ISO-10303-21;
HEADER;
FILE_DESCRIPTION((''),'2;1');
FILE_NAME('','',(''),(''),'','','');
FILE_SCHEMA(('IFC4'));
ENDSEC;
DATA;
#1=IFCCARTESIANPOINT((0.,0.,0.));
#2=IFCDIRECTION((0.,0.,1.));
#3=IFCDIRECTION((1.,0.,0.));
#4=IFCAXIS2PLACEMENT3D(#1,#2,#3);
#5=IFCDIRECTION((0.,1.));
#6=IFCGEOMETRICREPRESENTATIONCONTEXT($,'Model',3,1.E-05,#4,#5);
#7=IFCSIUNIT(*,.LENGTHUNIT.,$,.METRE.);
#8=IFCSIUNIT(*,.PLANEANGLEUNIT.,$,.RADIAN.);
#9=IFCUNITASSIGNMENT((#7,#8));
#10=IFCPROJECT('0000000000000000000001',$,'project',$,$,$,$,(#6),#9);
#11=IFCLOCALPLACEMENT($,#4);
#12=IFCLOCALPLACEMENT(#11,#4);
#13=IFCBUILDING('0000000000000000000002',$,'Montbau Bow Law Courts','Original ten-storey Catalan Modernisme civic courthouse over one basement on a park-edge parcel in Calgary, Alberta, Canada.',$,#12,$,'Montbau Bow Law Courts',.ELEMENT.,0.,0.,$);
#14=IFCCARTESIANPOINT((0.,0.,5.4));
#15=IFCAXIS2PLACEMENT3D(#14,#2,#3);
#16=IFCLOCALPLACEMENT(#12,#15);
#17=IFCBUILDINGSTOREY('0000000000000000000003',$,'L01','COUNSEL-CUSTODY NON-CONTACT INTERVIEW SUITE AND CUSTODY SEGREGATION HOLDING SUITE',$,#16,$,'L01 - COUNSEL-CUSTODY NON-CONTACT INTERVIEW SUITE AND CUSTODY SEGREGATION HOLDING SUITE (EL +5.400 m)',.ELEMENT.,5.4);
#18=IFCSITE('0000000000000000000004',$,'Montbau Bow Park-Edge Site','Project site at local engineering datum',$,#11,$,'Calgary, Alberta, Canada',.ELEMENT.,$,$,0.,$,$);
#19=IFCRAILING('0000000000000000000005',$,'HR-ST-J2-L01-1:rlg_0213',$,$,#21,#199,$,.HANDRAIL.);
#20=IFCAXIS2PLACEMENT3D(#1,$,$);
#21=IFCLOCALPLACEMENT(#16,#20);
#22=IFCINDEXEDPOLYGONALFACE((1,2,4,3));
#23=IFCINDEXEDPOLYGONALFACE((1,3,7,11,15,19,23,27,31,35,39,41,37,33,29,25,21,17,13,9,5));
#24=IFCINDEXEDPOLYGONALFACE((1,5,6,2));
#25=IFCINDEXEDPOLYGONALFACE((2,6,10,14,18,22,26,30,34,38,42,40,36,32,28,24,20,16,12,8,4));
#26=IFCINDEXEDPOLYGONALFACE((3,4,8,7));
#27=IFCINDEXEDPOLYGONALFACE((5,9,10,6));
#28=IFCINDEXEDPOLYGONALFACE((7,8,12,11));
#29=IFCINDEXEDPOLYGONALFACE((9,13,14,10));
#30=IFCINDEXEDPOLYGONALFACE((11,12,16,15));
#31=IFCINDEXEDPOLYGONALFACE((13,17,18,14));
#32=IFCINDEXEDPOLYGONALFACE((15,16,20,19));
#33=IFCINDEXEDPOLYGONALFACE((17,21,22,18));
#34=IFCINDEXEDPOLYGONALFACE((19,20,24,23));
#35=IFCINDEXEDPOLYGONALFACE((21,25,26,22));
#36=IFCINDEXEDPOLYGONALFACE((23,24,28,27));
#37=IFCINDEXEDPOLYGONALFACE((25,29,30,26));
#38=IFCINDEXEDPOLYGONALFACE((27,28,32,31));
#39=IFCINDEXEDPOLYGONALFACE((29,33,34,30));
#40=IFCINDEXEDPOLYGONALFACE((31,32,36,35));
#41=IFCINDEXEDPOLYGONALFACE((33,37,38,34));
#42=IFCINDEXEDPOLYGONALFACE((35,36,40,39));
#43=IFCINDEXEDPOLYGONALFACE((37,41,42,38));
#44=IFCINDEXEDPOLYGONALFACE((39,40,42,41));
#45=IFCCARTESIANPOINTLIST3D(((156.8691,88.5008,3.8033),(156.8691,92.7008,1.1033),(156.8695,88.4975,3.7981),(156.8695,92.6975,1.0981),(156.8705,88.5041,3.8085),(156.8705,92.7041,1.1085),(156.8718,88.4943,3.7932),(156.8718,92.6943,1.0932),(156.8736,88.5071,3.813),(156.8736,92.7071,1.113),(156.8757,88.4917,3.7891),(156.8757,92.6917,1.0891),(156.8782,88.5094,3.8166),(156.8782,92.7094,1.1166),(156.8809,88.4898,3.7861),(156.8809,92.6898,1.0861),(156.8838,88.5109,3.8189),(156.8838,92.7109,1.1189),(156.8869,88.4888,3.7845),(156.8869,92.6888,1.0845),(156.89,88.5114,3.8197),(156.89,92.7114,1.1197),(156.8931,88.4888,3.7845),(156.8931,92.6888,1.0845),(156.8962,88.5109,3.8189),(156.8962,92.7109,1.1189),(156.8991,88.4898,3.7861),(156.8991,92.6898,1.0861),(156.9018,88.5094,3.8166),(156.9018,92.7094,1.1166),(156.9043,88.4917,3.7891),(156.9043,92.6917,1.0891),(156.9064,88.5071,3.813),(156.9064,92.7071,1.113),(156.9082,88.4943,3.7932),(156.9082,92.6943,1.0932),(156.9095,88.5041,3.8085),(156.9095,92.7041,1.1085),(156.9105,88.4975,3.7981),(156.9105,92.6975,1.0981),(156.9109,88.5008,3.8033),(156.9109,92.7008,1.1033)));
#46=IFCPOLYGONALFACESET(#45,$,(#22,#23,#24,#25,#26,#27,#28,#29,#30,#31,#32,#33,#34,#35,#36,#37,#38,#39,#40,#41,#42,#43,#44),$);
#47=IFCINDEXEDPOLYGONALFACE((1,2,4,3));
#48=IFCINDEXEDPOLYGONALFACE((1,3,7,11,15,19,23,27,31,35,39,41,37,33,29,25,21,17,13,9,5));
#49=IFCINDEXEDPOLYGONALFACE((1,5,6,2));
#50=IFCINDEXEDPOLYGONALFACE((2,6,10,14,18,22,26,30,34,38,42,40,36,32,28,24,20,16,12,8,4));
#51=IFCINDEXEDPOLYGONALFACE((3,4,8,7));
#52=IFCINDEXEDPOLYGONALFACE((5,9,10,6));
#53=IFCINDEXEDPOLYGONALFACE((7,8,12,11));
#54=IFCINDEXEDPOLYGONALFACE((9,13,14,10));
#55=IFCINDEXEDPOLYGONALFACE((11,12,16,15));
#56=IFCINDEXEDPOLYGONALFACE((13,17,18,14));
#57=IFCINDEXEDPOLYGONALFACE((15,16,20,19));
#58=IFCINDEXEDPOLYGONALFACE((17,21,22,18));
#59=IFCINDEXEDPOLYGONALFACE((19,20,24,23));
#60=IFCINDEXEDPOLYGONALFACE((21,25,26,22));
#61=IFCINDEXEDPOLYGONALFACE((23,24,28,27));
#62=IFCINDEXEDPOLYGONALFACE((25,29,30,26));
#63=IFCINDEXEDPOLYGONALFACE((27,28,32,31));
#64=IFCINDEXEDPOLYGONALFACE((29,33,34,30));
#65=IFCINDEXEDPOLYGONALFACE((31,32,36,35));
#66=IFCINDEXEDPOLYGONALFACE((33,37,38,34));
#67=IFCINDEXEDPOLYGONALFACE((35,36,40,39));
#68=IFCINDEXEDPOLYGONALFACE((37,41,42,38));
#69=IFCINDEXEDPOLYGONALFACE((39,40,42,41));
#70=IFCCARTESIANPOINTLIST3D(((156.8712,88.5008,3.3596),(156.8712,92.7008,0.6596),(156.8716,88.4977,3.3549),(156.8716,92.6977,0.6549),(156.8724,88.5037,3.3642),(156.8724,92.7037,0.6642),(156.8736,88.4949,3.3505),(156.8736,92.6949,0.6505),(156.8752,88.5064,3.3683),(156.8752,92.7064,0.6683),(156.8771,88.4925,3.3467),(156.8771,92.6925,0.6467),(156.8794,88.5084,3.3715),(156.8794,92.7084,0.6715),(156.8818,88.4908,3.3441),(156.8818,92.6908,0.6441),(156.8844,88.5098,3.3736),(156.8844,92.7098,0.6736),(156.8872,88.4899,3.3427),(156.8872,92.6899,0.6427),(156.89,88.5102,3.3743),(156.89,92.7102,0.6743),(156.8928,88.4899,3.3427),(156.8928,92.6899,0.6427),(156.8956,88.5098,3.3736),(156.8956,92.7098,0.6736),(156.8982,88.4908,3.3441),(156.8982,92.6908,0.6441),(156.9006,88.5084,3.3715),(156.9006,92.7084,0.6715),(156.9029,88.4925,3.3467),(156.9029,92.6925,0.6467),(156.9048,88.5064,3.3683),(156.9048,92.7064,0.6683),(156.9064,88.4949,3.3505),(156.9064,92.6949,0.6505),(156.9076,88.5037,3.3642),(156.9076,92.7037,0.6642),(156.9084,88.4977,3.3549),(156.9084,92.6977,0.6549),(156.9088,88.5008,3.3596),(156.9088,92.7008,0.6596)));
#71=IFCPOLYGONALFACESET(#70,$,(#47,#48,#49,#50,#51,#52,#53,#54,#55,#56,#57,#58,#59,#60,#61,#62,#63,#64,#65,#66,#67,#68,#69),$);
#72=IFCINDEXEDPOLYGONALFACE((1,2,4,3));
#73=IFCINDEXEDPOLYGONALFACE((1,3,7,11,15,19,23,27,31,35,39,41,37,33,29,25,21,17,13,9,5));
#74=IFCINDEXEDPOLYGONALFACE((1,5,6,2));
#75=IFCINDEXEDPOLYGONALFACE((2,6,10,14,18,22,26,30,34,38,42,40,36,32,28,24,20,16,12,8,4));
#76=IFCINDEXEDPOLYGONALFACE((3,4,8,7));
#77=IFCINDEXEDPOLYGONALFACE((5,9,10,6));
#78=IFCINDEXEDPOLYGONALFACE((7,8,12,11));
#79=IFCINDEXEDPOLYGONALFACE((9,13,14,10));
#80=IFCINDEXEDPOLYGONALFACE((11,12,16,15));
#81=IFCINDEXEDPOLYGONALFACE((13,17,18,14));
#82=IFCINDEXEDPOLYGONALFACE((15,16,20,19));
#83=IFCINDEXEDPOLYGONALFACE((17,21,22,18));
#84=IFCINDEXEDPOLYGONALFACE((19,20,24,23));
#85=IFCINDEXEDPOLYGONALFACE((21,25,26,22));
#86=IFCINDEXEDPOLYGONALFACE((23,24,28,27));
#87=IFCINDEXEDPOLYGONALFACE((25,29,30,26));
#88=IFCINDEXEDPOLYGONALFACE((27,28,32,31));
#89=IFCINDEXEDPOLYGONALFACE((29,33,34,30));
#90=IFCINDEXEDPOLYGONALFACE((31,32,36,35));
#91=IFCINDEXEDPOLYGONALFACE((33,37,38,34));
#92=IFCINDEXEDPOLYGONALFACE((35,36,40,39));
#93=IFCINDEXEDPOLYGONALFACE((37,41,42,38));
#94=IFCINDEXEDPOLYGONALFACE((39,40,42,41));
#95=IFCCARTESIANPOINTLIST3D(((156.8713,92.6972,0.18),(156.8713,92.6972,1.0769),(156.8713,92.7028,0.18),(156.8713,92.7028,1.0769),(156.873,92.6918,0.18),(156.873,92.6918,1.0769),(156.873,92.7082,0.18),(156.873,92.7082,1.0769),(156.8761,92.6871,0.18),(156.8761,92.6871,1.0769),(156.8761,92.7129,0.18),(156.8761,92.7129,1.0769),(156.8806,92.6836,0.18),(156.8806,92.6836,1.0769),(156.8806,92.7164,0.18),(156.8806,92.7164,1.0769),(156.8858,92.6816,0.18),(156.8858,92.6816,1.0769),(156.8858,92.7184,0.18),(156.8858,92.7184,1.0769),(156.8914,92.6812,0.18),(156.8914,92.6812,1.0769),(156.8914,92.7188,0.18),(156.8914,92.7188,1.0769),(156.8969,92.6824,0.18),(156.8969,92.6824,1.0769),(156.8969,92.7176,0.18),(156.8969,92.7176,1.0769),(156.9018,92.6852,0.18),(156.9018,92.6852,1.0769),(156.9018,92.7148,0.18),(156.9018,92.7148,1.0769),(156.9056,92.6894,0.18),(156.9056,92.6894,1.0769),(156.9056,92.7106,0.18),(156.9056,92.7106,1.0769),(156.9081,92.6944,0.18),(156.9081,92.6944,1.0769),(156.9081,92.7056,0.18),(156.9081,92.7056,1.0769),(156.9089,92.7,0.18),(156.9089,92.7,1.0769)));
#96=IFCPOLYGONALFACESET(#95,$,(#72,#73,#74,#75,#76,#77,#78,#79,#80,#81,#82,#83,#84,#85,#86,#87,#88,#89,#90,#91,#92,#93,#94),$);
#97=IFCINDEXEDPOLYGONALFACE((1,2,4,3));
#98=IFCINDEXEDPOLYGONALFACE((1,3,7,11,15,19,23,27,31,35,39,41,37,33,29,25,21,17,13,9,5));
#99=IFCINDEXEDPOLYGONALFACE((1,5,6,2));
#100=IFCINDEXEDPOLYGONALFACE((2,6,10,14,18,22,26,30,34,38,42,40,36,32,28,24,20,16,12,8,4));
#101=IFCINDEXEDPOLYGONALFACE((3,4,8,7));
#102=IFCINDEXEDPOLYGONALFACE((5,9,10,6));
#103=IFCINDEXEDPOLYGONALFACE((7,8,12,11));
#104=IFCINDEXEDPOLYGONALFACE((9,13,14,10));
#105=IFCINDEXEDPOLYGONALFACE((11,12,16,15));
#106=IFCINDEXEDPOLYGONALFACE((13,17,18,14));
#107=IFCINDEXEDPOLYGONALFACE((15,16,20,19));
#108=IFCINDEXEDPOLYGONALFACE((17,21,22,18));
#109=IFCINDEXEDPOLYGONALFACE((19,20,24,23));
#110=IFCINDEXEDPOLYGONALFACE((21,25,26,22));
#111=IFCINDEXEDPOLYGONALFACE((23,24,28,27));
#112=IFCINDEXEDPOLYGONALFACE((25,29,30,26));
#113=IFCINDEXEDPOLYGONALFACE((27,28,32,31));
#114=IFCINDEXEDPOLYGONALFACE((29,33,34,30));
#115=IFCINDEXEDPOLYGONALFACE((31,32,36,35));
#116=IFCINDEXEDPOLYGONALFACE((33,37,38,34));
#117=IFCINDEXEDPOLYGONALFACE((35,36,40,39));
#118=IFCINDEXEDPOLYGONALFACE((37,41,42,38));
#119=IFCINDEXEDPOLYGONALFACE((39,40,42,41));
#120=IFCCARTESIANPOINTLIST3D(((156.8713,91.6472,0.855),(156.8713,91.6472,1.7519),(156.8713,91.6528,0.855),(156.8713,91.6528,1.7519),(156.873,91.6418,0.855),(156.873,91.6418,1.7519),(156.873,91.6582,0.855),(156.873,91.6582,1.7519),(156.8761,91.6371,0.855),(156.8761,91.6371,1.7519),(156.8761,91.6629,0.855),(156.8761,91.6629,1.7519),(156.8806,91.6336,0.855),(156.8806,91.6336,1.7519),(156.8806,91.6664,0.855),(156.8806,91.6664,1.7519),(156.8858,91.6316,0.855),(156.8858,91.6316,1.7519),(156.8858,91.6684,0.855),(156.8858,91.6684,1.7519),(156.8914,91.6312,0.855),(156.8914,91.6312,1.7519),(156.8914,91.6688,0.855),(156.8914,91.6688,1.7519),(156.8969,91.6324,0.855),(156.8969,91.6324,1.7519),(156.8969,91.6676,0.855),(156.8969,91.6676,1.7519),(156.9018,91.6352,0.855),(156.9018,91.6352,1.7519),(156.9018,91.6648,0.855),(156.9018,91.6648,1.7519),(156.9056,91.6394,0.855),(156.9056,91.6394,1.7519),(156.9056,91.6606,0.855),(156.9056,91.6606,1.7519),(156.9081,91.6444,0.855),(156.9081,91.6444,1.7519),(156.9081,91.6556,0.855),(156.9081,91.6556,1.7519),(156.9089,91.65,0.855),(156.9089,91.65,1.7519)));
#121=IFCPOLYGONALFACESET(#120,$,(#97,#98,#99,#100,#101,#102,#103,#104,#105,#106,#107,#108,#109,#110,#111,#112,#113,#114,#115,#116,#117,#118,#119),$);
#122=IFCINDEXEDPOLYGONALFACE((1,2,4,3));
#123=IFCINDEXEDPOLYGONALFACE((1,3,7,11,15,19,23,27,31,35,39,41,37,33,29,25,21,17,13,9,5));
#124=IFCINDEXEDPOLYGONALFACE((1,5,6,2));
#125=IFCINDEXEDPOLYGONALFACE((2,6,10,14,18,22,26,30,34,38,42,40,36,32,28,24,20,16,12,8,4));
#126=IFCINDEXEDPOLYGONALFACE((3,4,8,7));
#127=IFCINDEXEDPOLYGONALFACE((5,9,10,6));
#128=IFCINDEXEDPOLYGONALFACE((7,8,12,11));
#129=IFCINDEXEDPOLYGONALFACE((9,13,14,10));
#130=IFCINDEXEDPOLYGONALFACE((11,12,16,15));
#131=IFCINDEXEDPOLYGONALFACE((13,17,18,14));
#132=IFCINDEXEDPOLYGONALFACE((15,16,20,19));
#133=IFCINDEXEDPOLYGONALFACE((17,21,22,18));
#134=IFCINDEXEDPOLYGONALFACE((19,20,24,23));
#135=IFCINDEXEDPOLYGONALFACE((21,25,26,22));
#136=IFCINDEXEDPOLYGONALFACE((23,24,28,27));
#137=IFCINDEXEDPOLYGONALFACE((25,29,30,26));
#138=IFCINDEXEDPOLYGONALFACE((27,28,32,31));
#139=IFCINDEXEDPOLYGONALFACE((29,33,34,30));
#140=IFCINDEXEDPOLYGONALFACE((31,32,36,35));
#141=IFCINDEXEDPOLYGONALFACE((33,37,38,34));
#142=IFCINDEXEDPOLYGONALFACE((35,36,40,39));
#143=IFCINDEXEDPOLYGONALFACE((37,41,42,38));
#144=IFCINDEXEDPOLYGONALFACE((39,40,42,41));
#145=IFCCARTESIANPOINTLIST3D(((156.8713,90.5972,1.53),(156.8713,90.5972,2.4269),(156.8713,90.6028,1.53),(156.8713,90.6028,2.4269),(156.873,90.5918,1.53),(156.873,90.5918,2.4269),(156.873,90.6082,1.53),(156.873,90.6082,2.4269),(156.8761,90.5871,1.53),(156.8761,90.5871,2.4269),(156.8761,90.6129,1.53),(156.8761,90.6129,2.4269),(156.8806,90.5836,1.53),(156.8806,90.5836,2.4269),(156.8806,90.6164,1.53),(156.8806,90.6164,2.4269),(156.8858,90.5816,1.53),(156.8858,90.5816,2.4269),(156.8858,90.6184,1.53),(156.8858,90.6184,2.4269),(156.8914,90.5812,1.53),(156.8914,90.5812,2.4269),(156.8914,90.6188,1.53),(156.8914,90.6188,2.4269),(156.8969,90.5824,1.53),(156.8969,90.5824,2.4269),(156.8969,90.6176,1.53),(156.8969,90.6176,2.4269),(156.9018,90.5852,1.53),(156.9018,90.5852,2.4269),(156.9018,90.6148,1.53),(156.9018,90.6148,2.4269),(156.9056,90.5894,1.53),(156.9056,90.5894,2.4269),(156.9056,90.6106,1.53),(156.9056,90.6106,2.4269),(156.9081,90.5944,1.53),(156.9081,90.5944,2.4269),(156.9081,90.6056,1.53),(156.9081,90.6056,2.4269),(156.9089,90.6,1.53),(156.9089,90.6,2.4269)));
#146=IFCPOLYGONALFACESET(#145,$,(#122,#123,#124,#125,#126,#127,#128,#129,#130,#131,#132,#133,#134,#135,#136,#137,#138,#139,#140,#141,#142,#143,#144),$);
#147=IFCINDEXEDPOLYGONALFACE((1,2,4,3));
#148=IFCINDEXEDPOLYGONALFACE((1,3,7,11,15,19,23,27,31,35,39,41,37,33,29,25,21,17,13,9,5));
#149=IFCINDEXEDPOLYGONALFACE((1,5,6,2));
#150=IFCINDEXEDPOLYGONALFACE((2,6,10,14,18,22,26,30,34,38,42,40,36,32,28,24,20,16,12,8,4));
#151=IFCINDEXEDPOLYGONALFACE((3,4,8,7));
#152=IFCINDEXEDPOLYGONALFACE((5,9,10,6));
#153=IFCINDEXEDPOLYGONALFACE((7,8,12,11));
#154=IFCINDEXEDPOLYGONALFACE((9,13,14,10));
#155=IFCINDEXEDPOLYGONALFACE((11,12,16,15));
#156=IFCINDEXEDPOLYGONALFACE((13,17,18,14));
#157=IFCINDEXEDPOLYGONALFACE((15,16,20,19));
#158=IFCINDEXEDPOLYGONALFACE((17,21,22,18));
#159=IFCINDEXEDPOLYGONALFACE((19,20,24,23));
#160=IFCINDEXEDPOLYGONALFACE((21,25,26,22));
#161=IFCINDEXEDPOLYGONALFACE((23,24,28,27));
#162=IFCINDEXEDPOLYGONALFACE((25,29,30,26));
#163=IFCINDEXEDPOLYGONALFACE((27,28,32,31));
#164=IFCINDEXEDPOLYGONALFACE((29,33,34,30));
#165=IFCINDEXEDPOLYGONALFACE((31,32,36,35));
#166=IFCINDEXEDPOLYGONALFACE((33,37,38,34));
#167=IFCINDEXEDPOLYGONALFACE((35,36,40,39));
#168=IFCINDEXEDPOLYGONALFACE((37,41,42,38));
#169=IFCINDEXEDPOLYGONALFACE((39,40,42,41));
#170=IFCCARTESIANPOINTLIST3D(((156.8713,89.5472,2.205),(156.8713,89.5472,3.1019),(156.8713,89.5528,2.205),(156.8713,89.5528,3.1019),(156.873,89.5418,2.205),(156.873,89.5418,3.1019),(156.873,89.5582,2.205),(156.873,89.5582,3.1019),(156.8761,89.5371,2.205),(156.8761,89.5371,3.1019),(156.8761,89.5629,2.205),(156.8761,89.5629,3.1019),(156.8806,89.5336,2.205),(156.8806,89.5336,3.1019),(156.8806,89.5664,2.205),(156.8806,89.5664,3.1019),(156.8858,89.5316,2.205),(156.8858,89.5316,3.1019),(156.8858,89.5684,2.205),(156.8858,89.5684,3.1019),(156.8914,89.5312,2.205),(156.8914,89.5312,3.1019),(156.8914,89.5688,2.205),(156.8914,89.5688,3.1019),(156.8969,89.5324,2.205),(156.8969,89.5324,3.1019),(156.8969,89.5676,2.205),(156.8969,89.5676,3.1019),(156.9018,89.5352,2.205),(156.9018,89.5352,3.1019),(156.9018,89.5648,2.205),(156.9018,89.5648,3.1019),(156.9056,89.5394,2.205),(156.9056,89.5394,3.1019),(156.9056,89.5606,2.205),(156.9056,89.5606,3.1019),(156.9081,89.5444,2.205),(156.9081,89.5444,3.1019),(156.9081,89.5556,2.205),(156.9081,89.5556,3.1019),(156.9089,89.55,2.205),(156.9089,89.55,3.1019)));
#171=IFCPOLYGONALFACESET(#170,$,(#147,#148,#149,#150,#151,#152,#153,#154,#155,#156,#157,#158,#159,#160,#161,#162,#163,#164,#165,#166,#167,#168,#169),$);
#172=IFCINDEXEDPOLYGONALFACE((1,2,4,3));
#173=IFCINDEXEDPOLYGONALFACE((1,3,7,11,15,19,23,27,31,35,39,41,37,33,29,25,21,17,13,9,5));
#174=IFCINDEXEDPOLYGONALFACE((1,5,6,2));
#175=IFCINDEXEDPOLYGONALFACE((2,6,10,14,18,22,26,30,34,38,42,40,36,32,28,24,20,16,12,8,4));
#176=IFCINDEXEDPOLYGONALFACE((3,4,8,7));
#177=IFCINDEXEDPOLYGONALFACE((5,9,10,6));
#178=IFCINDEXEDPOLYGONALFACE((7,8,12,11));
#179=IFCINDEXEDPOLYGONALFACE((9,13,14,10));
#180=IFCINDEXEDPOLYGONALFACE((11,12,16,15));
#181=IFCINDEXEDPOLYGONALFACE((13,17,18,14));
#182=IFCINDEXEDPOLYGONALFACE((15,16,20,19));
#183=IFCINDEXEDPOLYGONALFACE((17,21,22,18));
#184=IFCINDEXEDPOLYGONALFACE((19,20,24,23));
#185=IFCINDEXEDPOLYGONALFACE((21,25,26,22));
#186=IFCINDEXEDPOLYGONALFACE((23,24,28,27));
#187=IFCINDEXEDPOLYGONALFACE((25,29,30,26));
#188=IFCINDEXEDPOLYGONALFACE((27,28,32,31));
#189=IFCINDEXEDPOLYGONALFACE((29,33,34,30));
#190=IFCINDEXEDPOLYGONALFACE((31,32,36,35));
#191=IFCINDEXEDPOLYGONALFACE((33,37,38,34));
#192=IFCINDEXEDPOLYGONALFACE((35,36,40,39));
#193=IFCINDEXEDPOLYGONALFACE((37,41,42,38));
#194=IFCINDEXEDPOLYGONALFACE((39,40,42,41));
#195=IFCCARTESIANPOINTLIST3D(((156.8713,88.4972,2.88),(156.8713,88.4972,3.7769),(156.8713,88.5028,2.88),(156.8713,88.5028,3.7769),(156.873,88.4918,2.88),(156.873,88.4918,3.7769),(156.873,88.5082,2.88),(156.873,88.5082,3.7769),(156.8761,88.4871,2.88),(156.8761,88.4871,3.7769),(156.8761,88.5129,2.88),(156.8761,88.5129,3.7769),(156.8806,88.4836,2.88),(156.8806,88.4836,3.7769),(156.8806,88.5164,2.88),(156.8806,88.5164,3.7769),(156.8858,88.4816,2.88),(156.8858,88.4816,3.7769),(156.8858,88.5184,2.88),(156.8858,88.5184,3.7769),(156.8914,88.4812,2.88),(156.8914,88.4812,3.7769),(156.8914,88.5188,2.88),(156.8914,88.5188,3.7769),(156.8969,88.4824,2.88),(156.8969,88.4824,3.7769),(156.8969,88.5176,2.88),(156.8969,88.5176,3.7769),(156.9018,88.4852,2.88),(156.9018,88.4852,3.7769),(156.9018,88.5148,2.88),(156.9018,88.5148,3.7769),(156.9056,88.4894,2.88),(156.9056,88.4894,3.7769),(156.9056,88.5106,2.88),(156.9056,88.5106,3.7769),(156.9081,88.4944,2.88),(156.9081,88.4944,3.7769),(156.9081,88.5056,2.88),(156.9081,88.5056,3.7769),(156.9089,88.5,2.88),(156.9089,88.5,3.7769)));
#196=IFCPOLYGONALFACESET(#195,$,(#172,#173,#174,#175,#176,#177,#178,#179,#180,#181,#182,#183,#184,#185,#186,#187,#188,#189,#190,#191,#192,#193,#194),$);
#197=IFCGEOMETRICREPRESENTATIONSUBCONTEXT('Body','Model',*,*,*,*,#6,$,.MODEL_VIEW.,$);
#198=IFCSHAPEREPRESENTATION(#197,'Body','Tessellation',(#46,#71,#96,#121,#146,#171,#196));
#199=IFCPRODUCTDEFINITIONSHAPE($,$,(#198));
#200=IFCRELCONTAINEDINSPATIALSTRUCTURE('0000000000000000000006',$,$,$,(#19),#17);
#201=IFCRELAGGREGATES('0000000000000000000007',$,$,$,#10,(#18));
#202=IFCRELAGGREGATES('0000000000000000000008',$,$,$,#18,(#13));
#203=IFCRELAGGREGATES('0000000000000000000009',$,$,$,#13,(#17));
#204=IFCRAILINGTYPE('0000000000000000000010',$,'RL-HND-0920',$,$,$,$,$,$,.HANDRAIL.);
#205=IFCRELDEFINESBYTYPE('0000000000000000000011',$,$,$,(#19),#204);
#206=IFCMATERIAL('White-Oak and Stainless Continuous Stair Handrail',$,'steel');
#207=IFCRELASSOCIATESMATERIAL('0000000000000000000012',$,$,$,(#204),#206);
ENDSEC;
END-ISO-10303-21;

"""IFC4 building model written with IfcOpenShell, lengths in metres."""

from ifc_helpers import new_model, si_unit, direction, frame, origin_with_axes, origin_2d_with_axis, place, context, subcontext, project, spatial, circle, extrude, material, type_object, element, save


model = new_model("IFC4")

# Units and contexts
model_context = context("Model", 3, precision=1e-05, world=origin_with_axes(), true_north=direction((0.0, 1.0)))
body_context = subcontext(model_context, "Body", "Model", "MODEL_VIEW")
ifc_project = project(units=[si_unit("LENGTHUNIT", "METRE"), si_unit("PLANEANGLEUNIT", "RADIAN")], contexts=[model_context])

# Site, building, storey
site_placement = place(None, origin_with_axes())
site = spatial("IfcSite", under=ifc_project, at=site_placement, Name="Montbau Bow Park-Edge Site", Description="Project site at local engineering datum", LongName="Calgary, Alberta, Canada", CompositionType="ELEMENT", RefElevation=0.0)
building_placement = place(site_placement, origin_with_axes())
building = spatial("IfcBuilding", under=site, at=building_placement, Name="Montbau Bow Law Courts", Description="Original ten-storey Catalan Modernisme civic courthouse over one basement on a park-edge parcel in Calgary, Alberta, Canada.", LongName="Montbau Bow Law Courts", CompositionType="ELEMENT", ElevationOfRefHeight=0.0, ElevationOfTerrain=0.0)
storey_placement = place(building_placement, frame((0.0, 0.0, 5.4), z_axis=(0.0, 0.0, 1.0), x_axis=(1.0, 0.0, 0.0)))
storey = spatial("IfcBuildingStorey", under=building, at=storey_placement, Name="L01", Description="COUNSEL-CUSTODY NON-CONTACT INTERVIEW SUITE AND CUSTODY SEGREGATION HOLDING SUITE", LongName="L01 - COUNSEL-CUSTODY NON-CONTACT INTERVIEW SUITE AND CUSTODY SEGREGATION HOLDING SUITE (EL +5.400 m)", CompositionType="ELEMENT", Elevation=5.4)

# Railing
ifc_material_1 = material(Name="White-Oak and Stainless Continuous Stair Handrail", Category="steel")
railing_type_1 = type_object("IfcRailingType", Name="RL-HND-0920", PredefinedType="HANDRAIL", material=ifc_material_1)
railing_1_placement = place(None, origin_with_axes())
element("IfcRailing", 1, at=railing_1_placement, inside=storey, type_object=railing_type_1, Name="HR-ST-J2-L01-1:rlg_0213", PredefinedType="HANDRAIL", context=body_context, shape_type="SweptSolid", body=[
    extrude(circle(Radius=0.021, at=origin_2d_with_axis()), frame((156.89, 92.7, 6.502), z_axis=(0.0, -0.841178, 0.540758), x_axis=(0.0, 0.540758, 0.841178)), (0.0, 0.0, 1.0), 4.993),
    extrude(circle(Radius=0.0189, at=origin_2d_with_axis()), frame((156.89, 92.7, 6.0584), z_axis=(0.0, -0.841178, 0.540758), x_axis=(0.0, 0.540758, 0.841178)), (0.0, 0.0, 1.0), 4.993),
    extrude(circle(Radius=0.0189, at=origin_2d_with_axis()), frame((156.89, 92.7, 5.58), z_axis=(0.0, 0.0, 1.0), x_axis=(1.0, 0.0, 0.0)), (0.0, 0.0, 1.0), 0.8969),
    extrude(circle(Radius=0.0189, at=origin_2d_with_axis()), frame((156.89, 91.65, 6.255), z_axis=(0.0, 0.0, 1.0), x_axis=(1.0, 0.0, 0.0)), (0.0, 0.0, 1.0), 0.8969),
    extrude(circle(Radius=0.0189, at=origin_2d_with_axis()), frame((156.89, 90.6, 6.93), z_axis=(0.0, 0.0, 1.0), x_axis=(1.0, 0.0, 0.0)), (0.0, 0.0, 1.0), 0.8969),
    extrude(circle(Radius=0.0189, at=origin_2d_with_axis()), frame((156.89, 89.55, 7.605), z_axis=(0.0, 0.0, 1.0), x_axis=(1.0, 0.0, 0.0)), (0.0, 0.0, 1.0), 0.8969),
    extrude(circle(Radius=0.0189, at=origin_2d_with_axis()), frame((156.89, 88.5, 8.28), z_axis=(0.0, 0.0, 1.0), x_axis=(1.0, 0.0, 0.0)), (0.0, 0.0, 1.0), 0.8969),
])

save(model, "model.ifc")
